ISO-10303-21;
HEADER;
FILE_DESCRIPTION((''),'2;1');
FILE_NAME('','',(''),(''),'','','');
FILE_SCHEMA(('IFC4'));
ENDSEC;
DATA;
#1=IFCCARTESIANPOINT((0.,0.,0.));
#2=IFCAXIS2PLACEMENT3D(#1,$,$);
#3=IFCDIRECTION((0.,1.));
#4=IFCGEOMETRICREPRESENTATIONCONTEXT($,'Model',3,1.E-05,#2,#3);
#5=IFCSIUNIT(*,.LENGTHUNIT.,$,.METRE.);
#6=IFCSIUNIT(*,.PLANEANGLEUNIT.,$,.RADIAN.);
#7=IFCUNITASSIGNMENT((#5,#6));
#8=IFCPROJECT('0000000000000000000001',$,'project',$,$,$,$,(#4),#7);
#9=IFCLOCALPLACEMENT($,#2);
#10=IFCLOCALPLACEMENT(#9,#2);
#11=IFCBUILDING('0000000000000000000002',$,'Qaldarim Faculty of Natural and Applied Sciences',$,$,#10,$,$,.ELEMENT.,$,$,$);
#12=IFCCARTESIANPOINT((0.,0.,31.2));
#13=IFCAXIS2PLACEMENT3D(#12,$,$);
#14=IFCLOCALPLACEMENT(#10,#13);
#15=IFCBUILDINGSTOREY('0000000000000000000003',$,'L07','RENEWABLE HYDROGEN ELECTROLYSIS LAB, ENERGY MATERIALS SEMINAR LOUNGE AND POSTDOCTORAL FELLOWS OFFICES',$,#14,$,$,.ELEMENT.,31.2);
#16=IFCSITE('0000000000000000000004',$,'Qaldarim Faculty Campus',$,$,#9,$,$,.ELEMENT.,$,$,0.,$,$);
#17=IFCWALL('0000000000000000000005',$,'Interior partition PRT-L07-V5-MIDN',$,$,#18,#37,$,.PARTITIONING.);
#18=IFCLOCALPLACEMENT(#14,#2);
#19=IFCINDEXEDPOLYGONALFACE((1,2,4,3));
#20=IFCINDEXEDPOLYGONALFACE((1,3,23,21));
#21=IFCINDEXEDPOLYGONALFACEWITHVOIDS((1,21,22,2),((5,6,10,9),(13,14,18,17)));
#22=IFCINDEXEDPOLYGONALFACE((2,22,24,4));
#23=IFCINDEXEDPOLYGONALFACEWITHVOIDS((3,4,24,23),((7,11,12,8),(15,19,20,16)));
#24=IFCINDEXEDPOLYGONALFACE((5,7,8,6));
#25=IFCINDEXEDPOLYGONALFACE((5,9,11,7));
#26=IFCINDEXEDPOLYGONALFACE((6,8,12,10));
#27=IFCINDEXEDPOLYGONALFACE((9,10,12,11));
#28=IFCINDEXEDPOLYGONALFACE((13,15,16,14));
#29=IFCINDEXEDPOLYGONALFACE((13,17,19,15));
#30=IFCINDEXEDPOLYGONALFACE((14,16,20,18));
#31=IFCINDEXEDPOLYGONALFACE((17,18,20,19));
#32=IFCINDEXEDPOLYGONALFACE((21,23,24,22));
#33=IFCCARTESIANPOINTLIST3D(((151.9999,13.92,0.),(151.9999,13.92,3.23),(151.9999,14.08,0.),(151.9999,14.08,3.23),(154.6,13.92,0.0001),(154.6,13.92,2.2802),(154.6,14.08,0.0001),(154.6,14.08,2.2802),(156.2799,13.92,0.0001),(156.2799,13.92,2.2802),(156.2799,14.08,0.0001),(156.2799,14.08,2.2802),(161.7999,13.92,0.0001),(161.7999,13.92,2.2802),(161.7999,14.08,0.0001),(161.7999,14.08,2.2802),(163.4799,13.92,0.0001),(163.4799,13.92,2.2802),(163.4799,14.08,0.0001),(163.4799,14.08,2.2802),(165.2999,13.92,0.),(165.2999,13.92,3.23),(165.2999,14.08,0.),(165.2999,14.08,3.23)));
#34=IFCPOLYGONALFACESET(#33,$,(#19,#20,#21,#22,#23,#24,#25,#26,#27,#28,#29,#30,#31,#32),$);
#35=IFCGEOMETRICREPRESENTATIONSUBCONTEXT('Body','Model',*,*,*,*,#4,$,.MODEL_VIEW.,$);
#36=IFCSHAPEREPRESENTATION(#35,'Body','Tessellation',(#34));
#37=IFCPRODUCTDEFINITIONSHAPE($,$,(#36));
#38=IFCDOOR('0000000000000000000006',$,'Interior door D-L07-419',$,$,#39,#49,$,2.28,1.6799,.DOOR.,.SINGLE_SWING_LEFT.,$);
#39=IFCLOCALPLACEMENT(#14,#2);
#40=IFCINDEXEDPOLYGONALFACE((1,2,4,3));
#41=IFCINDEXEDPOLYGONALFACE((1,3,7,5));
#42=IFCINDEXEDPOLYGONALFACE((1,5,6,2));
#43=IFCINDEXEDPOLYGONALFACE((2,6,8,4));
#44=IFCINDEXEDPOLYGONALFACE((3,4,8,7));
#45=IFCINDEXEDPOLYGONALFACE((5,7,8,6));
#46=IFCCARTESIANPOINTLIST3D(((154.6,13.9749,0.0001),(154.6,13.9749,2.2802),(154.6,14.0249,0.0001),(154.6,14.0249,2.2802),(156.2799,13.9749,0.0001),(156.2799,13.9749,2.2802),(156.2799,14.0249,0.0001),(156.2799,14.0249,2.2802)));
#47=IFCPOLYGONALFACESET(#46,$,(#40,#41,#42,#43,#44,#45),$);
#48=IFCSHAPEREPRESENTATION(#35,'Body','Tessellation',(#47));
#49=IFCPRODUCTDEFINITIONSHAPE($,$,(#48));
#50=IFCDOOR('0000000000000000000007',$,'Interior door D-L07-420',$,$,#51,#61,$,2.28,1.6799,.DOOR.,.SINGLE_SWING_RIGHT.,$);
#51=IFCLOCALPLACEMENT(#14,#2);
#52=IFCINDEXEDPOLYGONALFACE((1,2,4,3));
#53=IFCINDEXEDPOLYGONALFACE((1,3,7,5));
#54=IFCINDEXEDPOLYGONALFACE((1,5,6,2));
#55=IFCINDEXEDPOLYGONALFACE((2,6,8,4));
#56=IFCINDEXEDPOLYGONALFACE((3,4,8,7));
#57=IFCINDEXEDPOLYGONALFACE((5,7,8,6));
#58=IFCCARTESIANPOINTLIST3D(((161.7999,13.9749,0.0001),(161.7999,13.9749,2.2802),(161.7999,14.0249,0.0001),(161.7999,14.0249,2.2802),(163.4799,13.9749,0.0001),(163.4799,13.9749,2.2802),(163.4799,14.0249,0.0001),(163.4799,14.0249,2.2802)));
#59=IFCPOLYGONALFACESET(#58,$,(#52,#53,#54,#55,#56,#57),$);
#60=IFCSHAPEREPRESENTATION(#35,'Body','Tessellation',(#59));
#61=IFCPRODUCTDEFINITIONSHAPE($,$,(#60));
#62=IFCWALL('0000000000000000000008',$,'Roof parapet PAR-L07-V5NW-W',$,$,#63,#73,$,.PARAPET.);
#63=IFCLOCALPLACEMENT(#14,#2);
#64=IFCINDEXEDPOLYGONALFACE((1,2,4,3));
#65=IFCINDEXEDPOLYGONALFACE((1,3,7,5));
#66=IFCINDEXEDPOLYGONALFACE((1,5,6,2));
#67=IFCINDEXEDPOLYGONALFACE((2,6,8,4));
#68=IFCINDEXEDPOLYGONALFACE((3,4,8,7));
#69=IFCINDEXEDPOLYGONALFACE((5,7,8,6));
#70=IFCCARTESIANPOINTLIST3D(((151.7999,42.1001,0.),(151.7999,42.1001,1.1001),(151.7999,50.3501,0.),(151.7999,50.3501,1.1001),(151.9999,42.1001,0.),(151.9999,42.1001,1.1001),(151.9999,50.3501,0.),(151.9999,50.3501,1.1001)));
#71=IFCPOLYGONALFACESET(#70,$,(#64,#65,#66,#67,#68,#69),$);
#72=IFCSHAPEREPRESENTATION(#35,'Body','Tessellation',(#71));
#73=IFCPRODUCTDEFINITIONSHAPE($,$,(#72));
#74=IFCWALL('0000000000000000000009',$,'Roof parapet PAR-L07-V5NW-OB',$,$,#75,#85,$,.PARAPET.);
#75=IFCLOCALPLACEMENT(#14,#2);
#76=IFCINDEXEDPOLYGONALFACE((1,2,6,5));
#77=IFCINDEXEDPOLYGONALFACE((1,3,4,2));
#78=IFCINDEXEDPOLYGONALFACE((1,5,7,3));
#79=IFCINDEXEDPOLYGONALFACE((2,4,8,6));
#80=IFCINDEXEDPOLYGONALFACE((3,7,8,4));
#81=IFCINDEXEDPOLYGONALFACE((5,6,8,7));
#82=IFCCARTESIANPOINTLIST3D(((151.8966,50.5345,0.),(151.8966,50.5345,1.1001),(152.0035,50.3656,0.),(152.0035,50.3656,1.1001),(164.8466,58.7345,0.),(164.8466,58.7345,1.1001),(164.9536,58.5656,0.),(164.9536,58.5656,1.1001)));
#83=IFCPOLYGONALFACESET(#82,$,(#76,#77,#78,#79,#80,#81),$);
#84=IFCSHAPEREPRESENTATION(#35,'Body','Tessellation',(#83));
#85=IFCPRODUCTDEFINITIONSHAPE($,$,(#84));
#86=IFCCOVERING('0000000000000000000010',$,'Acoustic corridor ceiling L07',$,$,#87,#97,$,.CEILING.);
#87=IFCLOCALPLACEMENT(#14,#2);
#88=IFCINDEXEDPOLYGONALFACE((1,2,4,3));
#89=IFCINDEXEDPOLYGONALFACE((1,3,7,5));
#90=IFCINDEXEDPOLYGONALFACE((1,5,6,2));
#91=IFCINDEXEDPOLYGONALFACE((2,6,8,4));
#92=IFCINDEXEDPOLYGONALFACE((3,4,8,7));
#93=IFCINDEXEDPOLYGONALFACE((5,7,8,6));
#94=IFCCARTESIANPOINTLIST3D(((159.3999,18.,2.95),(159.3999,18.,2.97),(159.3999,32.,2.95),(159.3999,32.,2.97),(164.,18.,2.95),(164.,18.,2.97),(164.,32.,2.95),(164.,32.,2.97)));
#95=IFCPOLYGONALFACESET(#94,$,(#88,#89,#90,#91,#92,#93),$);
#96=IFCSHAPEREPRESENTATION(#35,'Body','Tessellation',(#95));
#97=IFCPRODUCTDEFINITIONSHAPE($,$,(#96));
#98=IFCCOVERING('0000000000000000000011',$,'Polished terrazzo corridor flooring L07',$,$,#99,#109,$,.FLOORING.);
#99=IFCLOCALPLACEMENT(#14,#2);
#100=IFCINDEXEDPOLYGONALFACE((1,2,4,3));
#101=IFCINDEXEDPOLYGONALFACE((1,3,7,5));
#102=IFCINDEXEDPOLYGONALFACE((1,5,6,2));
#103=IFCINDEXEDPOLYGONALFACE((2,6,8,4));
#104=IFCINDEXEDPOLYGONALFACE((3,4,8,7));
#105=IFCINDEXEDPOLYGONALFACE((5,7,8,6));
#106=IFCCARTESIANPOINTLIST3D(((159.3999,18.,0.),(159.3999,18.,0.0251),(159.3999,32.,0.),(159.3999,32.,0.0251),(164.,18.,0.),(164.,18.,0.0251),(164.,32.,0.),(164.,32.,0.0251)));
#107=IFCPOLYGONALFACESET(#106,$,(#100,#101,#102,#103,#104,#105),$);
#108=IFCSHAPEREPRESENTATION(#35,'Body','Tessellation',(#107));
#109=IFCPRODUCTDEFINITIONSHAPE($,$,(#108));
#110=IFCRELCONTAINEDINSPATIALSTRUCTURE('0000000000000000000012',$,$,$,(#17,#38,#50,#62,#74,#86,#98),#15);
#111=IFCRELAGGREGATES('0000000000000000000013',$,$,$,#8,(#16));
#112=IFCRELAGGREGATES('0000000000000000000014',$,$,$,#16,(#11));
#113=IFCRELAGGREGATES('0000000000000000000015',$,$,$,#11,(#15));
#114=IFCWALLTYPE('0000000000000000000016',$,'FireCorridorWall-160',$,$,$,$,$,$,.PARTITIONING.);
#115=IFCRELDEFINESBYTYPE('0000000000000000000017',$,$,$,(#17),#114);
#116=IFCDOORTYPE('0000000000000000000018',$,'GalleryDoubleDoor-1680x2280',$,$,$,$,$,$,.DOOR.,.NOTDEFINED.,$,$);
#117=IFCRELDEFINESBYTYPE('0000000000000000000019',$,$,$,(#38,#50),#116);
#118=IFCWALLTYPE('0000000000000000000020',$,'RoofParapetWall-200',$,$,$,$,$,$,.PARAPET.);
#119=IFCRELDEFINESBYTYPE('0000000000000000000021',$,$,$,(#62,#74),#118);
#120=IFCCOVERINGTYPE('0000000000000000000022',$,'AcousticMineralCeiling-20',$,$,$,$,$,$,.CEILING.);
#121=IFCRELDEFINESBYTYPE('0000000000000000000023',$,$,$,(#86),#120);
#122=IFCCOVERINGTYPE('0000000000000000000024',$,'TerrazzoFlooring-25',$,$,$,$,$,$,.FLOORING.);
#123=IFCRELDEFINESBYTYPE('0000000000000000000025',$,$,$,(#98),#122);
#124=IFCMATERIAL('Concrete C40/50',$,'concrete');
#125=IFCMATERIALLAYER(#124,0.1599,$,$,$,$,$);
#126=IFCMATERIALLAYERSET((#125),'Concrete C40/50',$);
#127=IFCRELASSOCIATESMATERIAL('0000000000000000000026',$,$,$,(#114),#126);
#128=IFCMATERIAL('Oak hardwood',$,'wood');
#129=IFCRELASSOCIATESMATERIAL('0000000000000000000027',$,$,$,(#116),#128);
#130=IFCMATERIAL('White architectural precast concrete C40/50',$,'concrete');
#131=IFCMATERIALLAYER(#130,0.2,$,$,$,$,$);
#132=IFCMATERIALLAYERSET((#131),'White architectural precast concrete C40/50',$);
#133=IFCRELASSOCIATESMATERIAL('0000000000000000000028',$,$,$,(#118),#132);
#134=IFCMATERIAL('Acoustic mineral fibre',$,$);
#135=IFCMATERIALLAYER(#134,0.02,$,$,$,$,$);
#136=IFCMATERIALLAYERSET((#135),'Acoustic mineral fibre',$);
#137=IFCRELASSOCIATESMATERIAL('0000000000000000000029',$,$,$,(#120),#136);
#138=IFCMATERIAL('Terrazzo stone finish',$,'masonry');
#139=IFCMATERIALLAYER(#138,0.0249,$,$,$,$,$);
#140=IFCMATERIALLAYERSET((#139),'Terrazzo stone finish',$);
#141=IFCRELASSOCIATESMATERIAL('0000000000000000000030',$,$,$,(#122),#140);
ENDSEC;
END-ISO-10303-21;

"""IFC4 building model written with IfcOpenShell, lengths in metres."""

from ifc_helpers import new_model, si_unit, direction, frame, frame_2d, origin, place, context, subcontext, project, spatial, polyline, rectangle, outline, extrude, material, layer, layer_set, type_object, element, fill, save


model = new_model("IFC4")

# Units and contexts
model_context = context("Model", 3, precision=1e-05, world=origin(), true_north=direction((0.0, 1.0)))
body_context = subcontext(model_context, "Body", "Model", "MODEL_VIEW")
ifc_project = project(units=[si_unit("LENGTHUNIT", "METRE"), si_unit("PLANEANGLEUNIT", "RADIAN")], contexts=[model_context])

# Site, building, storey
site_placement = place(None, origin())
site = spatial("IfcSite", under=ifc_project, at=site_placement, Name="Qaldarim Faculty Campus", CompositionType="ELEMENT", RefElevation=0.0)
building_placement = place(site_placement, origin())
building = spatial("IfcBuilding", under=site, at=building_placement, Name="Qaldarim Faculty of Natural and Applied Sciences", CompositionType="ELEMENT")
storey_placement = place(building_placement, frame((0.0, 0.0, 31.2)))
storey = spatial("IfcBuildingStorey", under=building, at=storey_placement, Name="L07", Description="RENEWABLE HYDROGEN ELECTROLYSIS LAB, ENERGY MATERIALS SEMINAR LOUNGE AND POSTDOCTORAL FELLOWS OFFICES", CompositionType="ELEMENT", Elevation=31.2)

# Shared definitions
ifc_material_1 = material(Name="Concrete C40/50", Category="concrete")

# Wall, openings, doors
ifc_layer_1 = layer(ifc_material_1, 0.1599)
ifc_layer_set_1 = layer_set([ifc_layer_1], Name="Concrete C40/50")
wall_type_1 = type_object("IfcWallType", Name="FireCorridorWall-160", PredefinedType="PARTITIONING", material=ifc_layer_set_1)
wall_1_placement = place(storey_placement, frame((152.0, 14.0, 0.0), z_axis=(0.0, 0.0, 1.0), x_axis=(1.0, 0.0, 0.0)))
wall_1 = element("IfcWall", 1, at=wall_1_placement, inside=storey, type_object=wall_type_1, Name="Interior partition PRT-L07-V5-MIDN", PredefinedType="PARTITIONING", context=body_context, shape_type="SweptSolid", body=[
    extrude(rectangle(XDim=13.3, YDim=0.1599, at=frame_2d((6.6499, 0.0))), origin(), (0.0, 0.0, 1.0), 3.23),
])
opening_1_placement = place(wall_1_placement, frame((2.6001, 0.0, 0.0)))
opening_1 = element("IfcOpeningElement", 2, at=opening_1_placement, cuts=wall_1, PredefinedType="OPENING", context=body_context, shape_type="SweptSolid", body=[
    extrude(rectangle(XDim=1.6799, YDim=2.28, at=frame_2d((0.8398, 1.1401))), frame((0.0, 0.0898, 0.0), z_axis=(0.0, -1.0, 0.0), x_axis=(1.0, 0.0, 0.0)), (0.0, 0.0, 1.0), 0.1799),
])
opening_2_placement = place(wall_1_placement, frame((9.8, 0.0, 0.0)))
opening_2 = element("IfcOpeningElement", 3, at=opening_2_placement, cuts=wall_1, PredefinedType="OPENING", context=body_context, shape_type="SweptSolid", body=[
    extrude(rectangle(XDim=1.6799, YDim=2.28, at=frame_2d((0.8398, 1.1401))), frame((0.0, 0.0898, 0.0), z_axis=(0.0, -1.0, 0.0), x_axis=(1.0, 0.0, 0.0)), (0.0, 0.0, 1.0), 0.1799),
])
ifc_material_2 = material(Name="Oak hardwood", Category="wood")
door_type = type_object("IfcDoorType", Name="GalleryDoubleDoor-1680x2280", OperationType="NOTDEFINED", PredefinedType="DOOR", material=ifc_material_2)
door_1_placement = place(opening_1_placement, origin())
door_1 = element("IfcDoor", 4, at=door_1_placement, inside=storey, type_object=door_type, Name="Interior door D-L07-419", OperationType="SINGLE_SWING_LEFT", OverallHeight=2.28, OverallWidth=1.6799, PredefinedType="DOOR", context=body_context, shape_type="SweptSolid", body=[
    extrude(rectangle(XDim=1.6799, YDim=2.28, at=frame_2d((0.8398, 1.1401))), frame((0.0, 0.0249, 0.0), z_axis=(0.0, -1.0, 0.0), x_axis=(1.0, 0.0, 0.0)), (0.0, 0.0, 1.0), 0.05),
])
fill(opening_1, door_1)
door_2_placement = place(opening_2_placement, origin())
door_2 = element("IfcDoor", 5, at=door_2_placement, inside=storey, type_object=door_type, Name="Interior door D-L07-420", OperationType="SINGLE_SWING_RIGHT", OverallHeight=2.28, OverallWidth=1.6799, PredefinedType="DOOR", context=body_context, shape_type="SweptSolid", body=[
    extrude(rectangle(XDim=1.6799, YDim=2.28, at=frame_2d((0.8398, 1.1401))), frame((0.0, 0.0249, 0.0), z_axis=(0.0, -1.0, 0.0), x_axis=(1.0, 0.0, 0.0)), (0.0, 0.0, 1.0), 0.05),
])
fill(opening_2, door_2)

# Walls
ifc_material_3 = material(Name="White architectural precast concrete C40/50", Category="concrete")
ifc_layer_2 = layer(ifc_material_3, 0.2)
ifc_layer_set_2 = layer_set([ifc_layer_2], Name="White architectural precast concrete C40/50")
wall_type_2 = type_object("IfcWallType", Name="RoofParapetWall-200", PredefinedType="PARAPET", material=ifc_layer_set_2)
wall_2_placement = place(storey_placement, frame((151.8999, 42.1001, 0.0), z_axis=(0.0, 0.0, 1.0), x_axis=(0.0, 1.0, 0.0)))
element("IfcWall", 6, at=wall_2_placement, inside=storey, type_object=wall_type_2, Name="Roof parapet PAR-L07-V5NW-W", PredefinedType="PARAPET", context=body_context, shape_type="SweptSolid", body=[
    extrude(rectangle(XDim=8.25, YDim=0.2, at=frame_2d((4.125, 0.0))), origin(), (0.0, 0.0, 1.0), 1.1001),
])
wall_3_placement = place(storey_placement, frame((151.95, 50.45, 0.0), z_axis=(0.0, 0.0, 1.0), x_axis=(0.844869, 0.534974, 0.0)))
element("IfcWall", 7, at=wall_3_placement, inside=storey, type_object=wall_type_2, Name="Roof parapet PAR-L07-V5NW-OB", PredefinedType="PARAPET", context=body_context, shape_type="SweptSolid", body=[
    extrude(rectangle(XDim=15.3279, YDim=0.2, at=frame_2d((7.6641, 0.0))), origin(), (0.0, 0.0, 1.0), 1.1001),
])

# Coverings
ifc_material_4 = material(Name="Acoustic mineral fibre")
ifc_layer_3 = layer(ifc_material_4, 0.02)
ifc_layer_set_3 = layer_set([ifc_layer_3], Name="Acoustic mineral fibre")
covering_type_1 = type_object("IfcCoveringType", Name="AcousticMineralCeiling-20", PredefinedType="CEILING", material=ifc_layer_set_3)
covering_1_placement = place(storey_placement, frame((0.0, 0.0, 2.95)))
element("IfcCovering", 8, at=covering_1_placement, inside=storey, type_object=covering_type_1, Name="Acoustic corridor ceiling L07", PredefinedType="CEILING", context=body_context, shape_type="SweptSolid", body=[
    extrude(outline(polyline([(159.3999, 18.0), (164.0, 18.0), (164.0, 32.0), (159.3999, 32.0), (159.3999, 18.0)])), origin(), (0.0, 0.0, 1.0), 0.02),
])
ifc_material_5 = material(Name="Terrazzo stone finish", Category="masonry")
ifc_layer_4 = layer(ifc_material_5, 0.0249)
ifc_layer_set_4 = layer_set([ifc_layer_4], Name="Terrazzo stone finish")
covering_type_2 = type_object("IfcCoveringType", Name="TerrazzoFlooring-25", PredefinedType="FLOORING", material=ifc_layer_set_4)
covering_2_placement = place(storey_placement, origin())
element("IfcCovering", 9, at=covering_2_placement, inside=storey, type_object=covering_type_2, Name="Polished terrazzo corridor flooring L07", PredefinedType="FLOORING", context=body_context, shape_type="SweptSolid", body=[
    extrude(outline(polyline([(159.3999, 18.0), (164.0, 18.0), (164.0, 32.0), (159.3999, 32.0), (159.3999, 18.0)])), origin(), (0.0, 0.0, 1.0), 0.0251),
])

save(model, "model.ifc")
